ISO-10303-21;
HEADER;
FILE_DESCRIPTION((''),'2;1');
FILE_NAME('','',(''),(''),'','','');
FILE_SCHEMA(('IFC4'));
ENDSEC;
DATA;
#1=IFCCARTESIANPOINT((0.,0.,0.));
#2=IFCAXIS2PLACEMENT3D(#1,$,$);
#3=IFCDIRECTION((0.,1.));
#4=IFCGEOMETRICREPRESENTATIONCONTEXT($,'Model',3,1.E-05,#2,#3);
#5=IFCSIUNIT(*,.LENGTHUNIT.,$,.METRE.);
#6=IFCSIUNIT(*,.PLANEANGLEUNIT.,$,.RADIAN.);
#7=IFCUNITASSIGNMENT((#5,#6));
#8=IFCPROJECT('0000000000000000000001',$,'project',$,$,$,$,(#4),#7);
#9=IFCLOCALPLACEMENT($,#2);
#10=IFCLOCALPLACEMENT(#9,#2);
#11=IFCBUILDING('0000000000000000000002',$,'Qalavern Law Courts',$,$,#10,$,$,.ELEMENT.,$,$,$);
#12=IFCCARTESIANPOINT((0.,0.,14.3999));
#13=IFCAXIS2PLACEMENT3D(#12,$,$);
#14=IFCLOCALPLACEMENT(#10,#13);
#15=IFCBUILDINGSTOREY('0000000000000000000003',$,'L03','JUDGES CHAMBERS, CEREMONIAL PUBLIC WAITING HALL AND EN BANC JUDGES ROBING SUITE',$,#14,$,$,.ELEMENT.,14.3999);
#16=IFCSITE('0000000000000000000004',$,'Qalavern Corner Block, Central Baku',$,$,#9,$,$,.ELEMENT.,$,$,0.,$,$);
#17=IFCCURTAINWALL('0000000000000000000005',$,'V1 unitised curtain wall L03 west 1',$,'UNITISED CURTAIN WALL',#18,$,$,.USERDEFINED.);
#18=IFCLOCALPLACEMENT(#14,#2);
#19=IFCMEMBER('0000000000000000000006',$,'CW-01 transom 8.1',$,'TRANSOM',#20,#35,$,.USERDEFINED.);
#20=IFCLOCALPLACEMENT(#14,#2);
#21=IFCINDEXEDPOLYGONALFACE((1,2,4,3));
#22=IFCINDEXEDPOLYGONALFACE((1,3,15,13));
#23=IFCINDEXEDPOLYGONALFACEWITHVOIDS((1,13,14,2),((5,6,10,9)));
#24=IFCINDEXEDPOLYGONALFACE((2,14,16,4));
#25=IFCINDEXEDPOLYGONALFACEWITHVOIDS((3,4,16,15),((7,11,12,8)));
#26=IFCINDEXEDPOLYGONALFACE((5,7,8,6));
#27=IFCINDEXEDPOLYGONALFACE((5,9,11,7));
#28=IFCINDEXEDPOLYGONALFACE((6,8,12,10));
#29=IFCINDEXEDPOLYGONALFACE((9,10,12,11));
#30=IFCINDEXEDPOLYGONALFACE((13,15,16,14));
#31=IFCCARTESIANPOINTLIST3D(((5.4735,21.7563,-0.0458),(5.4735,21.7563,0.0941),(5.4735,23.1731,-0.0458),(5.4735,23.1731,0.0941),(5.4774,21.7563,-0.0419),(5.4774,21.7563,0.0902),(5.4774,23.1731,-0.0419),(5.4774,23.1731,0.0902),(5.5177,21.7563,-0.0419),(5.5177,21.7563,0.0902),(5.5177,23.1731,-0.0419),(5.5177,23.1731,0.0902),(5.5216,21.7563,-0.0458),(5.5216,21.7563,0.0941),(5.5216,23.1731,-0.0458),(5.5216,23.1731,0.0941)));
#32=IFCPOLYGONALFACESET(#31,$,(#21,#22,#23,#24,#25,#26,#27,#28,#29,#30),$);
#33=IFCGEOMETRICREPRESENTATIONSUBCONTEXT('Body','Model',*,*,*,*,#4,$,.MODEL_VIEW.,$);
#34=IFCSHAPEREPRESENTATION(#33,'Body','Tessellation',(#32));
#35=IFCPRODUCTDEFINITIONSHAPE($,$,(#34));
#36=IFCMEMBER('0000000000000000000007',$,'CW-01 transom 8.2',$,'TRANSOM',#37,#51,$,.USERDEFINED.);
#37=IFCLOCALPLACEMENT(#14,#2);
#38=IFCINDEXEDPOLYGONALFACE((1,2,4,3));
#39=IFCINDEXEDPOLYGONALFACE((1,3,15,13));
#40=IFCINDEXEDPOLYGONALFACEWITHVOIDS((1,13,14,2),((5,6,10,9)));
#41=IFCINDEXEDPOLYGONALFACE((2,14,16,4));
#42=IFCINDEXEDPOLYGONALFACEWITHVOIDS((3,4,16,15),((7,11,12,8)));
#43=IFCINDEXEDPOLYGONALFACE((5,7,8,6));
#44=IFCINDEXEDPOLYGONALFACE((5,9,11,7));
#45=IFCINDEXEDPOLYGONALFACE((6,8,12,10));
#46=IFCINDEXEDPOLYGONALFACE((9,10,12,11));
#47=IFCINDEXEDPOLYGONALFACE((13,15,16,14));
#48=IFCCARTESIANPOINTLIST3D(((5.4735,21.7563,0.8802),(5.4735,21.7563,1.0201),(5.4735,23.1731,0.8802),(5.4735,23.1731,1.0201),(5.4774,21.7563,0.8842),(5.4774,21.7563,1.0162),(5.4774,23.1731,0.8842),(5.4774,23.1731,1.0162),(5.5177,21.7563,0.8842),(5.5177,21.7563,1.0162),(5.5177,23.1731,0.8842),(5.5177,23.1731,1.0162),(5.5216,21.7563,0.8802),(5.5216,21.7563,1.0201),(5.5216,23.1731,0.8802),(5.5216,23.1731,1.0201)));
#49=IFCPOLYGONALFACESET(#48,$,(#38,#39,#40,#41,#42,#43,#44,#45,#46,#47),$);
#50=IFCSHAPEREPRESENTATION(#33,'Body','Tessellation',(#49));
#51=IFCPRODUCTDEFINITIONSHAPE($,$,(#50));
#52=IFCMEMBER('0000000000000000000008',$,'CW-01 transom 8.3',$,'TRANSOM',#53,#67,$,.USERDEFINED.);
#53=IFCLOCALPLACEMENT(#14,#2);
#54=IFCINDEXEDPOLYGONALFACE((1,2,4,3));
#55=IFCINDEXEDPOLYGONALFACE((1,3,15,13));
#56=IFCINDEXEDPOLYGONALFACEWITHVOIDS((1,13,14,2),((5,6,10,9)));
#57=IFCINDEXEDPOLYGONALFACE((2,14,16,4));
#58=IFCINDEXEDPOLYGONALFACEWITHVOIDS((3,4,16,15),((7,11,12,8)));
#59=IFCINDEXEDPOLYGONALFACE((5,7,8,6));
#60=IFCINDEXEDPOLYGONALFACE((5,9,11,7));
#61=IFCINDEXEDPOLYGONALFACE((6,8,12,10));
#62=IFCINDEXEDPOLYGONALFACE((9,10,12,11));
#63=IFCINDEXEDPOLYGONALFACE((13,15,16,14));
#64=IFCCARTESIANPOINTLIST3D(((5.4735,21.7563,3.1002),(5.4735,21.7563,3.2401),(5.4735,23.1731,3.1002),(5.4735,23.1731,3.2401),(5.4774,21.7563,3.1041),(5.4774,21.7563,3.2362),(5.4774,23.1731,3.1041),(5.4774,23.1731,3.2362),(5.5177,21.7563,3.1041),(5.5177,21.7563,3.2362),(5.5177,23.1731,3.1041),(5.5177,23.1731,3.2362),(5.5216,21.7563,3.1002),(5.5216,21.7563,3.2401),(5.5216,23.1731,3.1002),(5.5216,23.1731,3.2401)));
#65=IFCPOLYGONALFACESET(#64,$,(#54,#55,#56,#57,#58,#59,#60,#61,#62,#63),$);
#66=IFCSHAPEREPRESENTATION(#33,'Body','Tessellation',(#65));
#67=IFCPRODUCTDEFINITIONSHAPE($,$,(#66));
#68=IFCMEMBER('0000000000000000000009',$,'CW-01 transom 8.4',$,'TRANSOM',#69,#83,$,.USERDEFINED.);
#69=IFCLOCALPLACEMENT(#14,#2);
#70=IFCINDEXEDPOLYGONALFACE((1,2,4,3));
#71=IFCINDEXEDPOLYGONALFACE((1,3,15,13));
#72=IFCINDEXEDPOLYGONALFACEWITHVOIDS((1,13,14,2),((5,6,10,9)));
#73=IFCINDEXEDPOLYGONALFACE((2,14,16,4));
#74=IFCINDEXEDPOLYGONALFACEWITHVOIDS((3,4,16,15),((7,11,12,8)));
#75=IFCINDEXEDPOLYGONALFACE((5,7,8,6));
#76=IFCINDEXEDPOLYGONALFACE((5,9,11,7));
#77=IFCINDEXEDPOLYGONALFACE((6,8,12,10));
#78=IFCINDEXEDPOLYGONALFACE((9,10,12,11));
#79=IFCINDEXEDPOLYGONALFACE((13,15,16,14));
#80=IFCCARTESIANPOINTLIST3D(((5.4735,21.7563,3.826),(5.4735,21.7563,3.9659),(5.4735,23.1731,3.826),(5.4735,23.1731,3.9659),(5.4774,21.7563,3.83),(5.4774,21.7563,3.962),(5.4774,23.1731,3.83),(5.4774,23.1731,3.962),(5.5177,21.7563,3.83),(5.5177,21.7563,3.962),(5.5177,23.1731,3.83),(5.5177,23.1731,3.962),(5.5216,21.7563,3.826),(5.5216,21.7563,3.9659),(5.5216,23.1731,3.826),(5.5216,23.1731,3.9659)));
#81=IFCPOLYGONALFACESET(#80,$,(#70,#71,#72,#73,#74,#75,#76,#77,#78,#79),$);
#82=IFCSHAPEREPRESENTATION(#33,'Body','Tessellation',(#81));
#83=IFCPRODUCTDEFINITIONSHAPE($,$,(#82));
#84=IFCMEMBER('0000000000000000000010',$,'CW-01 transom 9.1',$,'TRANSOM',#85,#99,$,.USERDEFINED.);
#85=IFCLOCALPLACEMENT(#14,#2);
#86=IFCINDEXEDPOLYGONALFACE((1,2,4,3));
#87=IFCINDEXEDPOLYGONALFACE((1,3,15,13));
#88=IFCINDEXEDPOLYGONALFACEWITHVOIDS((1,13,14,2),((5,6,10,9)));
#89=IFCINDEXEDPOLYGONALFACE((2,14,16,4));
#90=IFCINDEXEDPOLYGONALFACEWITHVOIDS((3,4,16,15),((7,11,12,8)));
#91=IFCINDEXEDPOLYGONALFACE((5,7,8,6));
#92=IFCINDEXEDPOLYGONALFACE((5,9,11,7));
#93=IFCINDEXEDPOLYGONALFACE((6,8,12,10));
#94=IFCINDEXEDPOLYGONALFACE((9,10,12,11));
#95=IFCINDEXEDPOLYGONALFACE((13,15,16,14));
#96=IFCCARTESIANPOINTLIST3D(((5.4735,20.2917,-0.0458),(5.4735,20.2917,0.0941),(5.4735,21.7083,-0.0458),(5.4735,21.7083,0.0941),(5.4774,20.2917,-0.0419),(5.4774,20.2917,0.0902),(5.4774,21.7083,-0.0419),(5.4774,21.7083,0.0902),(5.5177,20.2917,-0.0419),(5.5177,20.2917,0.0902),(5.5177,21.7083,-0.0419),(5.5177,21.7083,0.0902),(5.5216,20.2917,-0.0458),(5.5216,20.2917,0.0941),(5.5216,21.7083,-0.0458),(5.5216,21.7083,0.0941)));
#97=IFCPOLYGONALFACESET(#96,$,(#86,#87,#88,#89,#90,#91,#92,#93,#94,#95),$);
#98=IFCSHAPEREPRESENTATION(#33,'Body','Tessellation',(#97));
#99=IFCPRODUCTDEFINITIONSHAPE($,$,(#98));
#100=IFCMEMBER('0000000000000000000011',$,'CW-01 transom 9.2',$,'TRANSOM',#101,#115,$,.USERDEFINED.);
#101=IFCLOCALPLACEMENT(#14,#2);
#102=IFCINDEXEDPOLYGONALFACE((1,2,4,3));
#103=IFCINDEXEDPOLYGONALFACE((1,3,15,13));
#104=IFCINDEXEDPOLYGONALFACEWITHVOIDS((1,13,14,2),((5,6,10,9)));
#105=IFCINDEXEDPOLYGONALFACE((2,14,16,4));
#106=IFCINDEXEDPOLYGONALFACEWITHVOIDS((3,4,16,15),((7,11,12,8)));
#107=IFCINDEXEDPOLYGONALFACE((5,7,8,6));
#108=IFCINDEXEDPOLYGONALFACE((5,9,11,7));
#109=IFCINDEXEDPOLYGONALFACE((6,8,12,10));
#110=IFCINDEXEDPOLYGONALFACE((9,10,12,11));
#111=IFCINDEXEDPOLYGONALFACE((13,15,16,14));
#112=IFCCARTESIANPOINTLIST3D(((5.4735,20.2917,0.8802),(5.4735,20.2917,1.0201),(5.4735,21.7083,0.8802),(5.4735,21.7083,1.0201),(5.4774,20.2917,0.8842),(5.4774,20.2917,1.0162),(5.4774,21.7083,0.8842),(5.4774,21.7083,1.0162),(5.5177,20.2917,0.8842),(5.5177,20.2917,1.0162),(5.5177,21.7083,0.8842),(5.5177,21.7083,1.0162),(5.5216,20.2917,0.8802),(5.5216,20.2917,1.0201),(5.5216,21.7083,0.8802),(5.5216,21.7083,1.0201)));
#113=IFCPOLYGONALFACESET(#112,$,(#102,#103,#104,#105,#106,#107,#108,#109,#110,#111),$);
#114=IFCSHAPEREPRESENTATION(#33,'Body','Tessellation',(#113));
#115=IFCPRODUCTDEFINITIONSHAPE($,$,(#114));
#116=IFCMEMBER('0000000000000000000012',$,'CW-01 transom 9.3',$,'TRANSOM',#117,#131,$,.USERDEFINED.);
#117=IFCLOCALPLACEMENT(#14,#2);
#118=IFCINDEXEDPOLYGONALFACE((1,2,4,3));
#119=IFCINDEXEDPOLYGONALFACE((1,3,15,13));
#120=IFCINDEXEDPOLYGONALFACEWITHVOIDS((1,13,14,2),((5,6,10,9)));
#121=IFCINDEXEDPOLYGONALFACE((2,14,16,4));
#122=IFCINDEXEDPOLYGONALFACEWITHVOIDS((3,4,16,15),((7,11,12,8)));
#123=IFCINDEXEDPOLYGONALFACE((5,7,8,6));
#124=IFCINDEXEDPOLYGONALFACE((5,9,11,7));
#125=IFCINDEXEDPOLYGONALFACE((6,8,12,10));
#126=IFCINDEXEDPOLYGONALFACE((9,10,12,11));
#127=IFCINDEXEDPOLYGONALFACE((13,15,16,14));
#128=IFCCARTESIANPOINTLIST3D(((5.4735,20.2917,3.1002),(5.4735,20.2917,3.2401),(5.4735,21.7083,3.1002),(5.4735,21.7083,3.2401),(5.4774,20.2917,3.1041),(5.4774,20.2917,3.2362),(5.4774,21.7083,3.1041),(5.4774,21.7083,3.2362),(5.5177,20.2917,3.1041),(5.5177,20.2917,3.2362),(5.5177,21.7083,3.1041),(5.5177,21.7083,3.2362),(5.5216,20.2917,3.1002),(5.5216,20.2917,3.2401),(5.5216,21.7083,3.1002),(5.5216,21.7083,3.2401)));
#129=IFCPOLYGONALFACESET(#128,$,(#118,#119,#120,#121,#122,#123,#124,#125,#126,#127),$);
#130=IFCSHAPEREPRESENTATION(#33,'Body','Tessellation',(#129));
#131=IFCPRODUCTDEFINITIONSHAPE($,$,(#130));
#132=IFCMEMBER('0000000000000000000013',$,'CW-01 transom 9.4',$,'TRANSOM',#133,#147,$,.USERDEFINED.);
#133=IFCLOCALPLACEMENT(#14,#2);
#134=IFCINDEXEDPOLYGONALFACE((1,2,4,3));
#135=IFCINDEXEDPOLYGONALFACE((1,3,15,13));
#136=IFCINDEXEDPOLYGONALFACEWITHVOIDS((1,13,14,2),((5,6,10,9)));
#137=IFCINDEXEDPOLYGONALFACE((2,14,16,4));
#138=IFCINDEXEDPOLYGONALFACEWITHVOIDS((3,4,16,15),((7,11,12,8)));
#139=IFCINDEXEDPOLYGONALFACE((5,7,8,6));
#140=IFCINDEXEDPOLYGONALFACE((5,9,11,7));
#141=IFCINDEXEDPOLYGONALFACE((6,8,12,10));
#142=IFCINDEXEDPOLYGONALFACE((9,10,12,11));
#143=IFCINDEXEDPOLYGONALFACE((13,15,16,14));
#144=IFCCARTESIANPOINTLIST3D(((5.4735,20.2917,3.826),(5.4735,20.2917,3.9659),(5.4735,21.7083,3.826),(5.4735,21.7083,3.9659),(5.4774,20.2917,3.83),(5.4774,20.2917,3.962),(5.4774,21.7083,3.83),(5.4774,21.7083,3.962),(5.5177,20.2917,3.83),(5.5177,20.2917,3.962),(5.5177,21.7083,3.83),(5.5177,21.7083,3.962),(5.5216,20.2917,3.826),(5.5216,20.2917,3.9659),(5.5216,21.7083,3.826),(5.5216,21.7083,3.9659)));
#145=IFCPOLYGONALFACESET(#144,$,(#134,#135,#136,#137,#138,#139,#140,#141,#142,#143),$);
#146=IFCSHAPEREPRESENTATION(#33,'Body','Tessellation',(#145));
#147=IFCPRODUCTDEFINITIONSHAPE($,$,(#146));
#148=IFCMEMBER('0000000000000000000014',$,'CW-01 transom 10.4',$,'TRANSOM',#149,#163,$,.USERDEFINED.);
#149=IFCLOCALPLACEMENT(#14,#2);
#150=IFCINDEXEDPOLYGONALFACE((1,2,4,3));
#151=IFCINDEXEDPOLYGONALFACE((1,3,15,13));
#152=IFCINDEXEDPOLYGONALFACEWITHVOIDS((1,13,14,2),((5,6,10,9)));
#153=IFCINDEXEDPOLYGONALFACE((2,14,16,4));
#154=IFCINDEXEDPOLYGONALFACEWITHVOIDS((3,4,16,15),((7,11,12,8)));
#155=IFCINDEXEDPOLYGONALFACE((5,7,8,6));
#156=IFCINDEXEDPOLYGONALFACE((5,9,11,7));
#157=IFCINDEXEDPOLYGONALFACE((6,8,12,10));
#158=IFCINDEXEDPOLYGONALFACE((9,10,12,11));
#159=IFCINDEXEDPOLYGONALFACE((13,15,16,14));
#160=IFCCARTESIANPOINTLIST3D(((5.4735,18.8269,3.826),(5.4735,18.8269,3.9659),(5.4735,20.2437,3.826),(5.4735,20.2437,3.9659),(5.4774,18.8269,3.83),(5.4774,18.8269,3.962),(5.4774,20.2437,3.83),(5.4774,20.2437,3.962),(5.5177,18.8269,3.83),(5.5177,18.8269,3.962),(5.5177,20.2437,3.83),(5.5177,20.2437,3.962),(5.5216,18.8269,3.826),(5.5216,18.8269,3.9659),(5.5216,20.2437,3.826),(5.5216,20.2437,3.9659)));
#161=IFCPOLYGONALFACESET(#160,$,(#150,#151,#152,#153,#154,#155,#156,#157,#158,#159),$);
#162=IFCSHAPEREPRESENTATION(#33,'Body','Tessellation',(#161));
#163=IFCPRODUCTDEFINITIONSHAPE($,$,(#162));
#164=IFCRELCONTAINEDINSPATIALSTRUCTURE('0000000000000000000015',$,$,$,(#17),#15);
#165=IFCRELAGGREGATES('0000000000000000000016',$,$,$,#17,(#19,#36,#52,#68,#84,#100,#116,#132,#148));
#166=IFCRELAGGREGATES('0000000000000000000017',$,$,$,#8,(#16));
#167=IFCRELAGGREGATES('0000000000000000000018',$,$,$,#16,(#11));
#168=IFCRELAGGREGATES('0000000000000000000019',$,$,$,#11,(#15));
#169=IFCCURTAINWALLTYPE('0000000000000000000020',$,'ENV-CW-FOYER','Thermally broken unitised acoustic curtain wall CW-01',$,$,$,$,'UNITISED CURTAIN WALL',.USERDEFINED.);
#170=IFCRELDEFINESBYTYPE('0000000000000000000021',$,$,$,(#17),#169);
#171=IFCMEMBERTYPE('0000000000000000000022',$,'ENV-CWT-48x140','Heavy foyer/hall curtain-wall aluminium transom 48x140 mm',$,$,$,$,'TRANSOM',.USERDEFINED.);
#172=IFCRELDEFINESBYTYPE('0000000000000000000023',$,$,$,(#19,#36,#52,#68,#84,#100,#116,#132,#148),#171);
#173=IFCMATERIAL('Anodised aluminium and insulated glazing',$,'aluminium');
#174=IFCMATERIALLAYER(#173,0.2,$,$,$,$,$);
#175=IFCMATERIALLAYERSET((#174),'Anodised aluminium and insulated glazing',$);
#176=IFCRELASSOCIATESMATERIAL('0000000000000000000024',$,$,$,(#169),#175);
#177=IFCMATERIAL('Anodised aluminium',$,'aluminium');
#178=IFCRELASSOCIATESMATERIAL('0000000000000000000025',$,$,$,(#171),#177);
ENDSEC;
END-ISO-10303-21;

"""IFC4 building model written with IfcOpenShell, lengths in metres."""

from ifc_helpers import new_model, si_unit, direction, frame, origin, origin_2d, place, context, subcontext, project, spatial, hollow_rectangle, extrude, material, layer, layer_set, material_profile, profile_set, type_object, element, aggregate, save


model = new_model("IFC4")

# Units and contexts
model_context = context("Model", 3, precision=1e-05, world=origin(), true_north=direction((0.0, 1.0)))
body_context = subcontext(model_context, "Body", "Model", "MODEL_VIEW")
ifc_project = project(units=[si_unit("LENGTHUNIT", "METRE"), si_unit("PLANEANGLEUNIT", "RADIAN")], contexts=[model_context])

# Site, building, storey
site_placement = place(None, origin())
site = spatial("IfcSite", under=ifc_project, at=site_placement, Name="Qalavern Corner Block, Central Baku", CompositionType="ELEMENT", RefElevation=0.0)
building_placement = place(site_placement, origin())
building = spatial("IfcBuilding", under=site, at=building_placement, Name="Qalavern Law Courts", CompositionType="ELEMENT")
storey_placement = place(building_placement, frame((0.0, 0.0, 14.3999)))
storey = spatial("IfcBuildingStorey", under=building, at=storey_placement, Name="L03", Description="JUDGES CHAMBERS, CEREMONIAL PUBLIC WAITING HALL AND EN BANC JUDGES ROBING SUITE", CompositionType="ELEMENT", Elevation=14.3999)

# Curtain wall, members
ifc_material_1 = material(Name="Anodised aluminium and insulated glazing", Category="aluminium")
ifc_layer_1 = layer(ifc_material_1, 0.2)
ifc_layer_set_1 = layer_set([ifc_layer_1], Name="Anodised aluminium and insulated glazing")
curtain_wall_type = type_object("IfcCurtainWallType", Name="ENV-CW-FOYER", Description="Thermally broken unitised acoustic curtain wall CW-01", ElementType="UNITISED CURTAIN WALL", PredefinedType="USERDEFINED", material=ifc_layer_set_1)
curtain_wall_placement = place(storey_placement, origin())
curtain_wall = element("IfcCurtainWall", 1, at=curtain_wall_placement, inside=storey, type_object=curtain_wall_type, Name="V1 unitised curtain wall L03 west 1", ObjectType="UNITISED CURTAIN WALL", PredefinedType="USERDEFINED")
ifc_material_2 = material(Name="Anodised aluminium", Category="aluminium")
ifc_material_profile_1 = material_profile(ifc_material_2, hollow_rectangle(XDim=0.0481, YDim=0.1399, WallThickness=0.0039, at=origin_2d()), Name="ALU TRANSOM 48x140")
ifc_profile_set_1 = profile_set([ifc_material_profile_1], Name="Anodised aluminium")
member_type_1 = type_object("IfcMemberType", Name="ENV-CWT-48x140", Description="Heavy foyer/hall curtain-wall aluminium transom 48x140 mm", ElementType="TRANSOM", PredefinedType="USERDEFINED", material=ifc_profile_set_1)
member_1_placement = place(storey_placement, frame((5.4976, 23.1731, 0.0242), z_axis=(0.0, -1.0, 0.0), x_axis=(1.0, 0.0, 0.0)))
member_1 = element("IfcMember", 2, at=member_1_placement, type_object=member_type_1, Name="CW-01 transom 8.1", ObjectType="TRANSOM", PredefinedType="USERDEFINED", context=body_context, shape_type="SweptSolid", body=[
    extrude(hollow_rectangle(XDim=0.0481, YDim=0.1399, WallThickness=0.0039, at=origin_2d()), origin(), (0.0, 0.0, 1.0), 1.4167),
])
member_2_placement = place(storey_placement, frame((5.4976, 23.1731, 0.9502), z_axis=(0.0, -1.0, 0.0), x_axis=(1.0, 0.0, 0.0)))
member_2 = element("IfcMember", 3, at=member_2_placement, type_object=member_type_1, Name="CW-01 transom 8.2", ObjectType="TRANSOM", PredefinedType="USERDEFINED", context=body_context, shape_type="SweptSolid", body=[
    extrude(hollow_rectangle(XDim=0.0481, YDim=0.1399, WallThickness=0.0039, at=origin_2d()), origin(), (0.0, 0.0, 1.0), 1.4167),
])
member_3_placement = place(storey_placement, frame((5.4976, 23.1731, 3.1702), z_axis=(0.0, -1.0, 0.0), x_axis=(1.0, 0.0, 0.0)))
member_3 = element("IfcMember", 4, at=member_3_placement, type_object=member_type_1, Name="CW-01 transom 8.3", ObjectType="TRANSOM", PredefinedType="USERDEFINED", context=body_context, shape_type="SweptSolid", body=[
    extrude(hollow_rectangle(XDim=0.0481, YDim=0.1399, WallThickness=0.0039, at=origin_2d()), origin(), (0.0, 0.0, 1.0), 1.4167),
])
member_4_placement = place(storey_placement, frame((5.4976, 23.1731, 3.896), z_axis=(0.0, -1.0, 0.0), x_axis=(1.0, 0.0, 0.0)))
member_4 = element("IfcMember", 5, at=member_4_placement, type_object=member_type_1, Name="CW-01 transom 8.4", ObjectType="TRANSOM", PredefinedType="USERDEFINED", context=body_context, shape_type="SweptSolid", body=[
    extrude(hollow_rectangle(XDim=0.0481, YDim=0.1399, WallThickness=0.0039, at=origin_2d()), origin(), (0.0, 0.0, 1.0), 1.4167),
])
member_5_placement = place(storey_placement, frame((5.4976, 21.7083, 0.0242), z_axis=(0.0, -1.0, 0.0), x_axis=(1.0, 0.0, 0.0)))
member_5 = element("IfcMember", 6, at=member_5_placement, type_object=member_type_1, Name="CW-01 transom 9.1", ObjectType="TRANSOM", PredefinedType="USERDEFINED", context=body_context, shape_type="SweptSolid", body=[
    extrude(hollow_rectangle(XDim=0.0481, YDim=0.1399, WallThickness=0.0039, at=origin_2d()), origin(), (0.0, 0.0, 1.0), 1.4165),
])
member_6_placement = place(storey_placement, frame((5.4976, 21.7083, 0.9502), z_axis=(0.0, -1.0, 0.0), x_axis=(1.0, 0.0, 0.0)))
member_6 = element("IfcMember", 7, at=member_6_placement, type_object=member_type_1, Name="CW-01 transom 9.2", ObjectType="TRANSOM", PredefinedType="USERDEFINED", context=body_context, shape_type="SweptSolid", body=[
    extrude(hollow_rectangle(XDim=0.0481, YDim=0.1399, WallThickness=0.0039, at=origin_2d()), origin(), (0.0, 0.0, 1.0), 1.4165),
])
member_7_placement = place(storey_placement, frame((5.4976, 21.7083, 3.1702), z_axis=(0.0, -1.0, 0.0), x_axis=(1.0, 0.0, 0.0)))
member_7 = element("IfcMember", 8, at=member_7_placement, type_object=member_type_1, Name="CW-01 transom 9.3", ObjectType="TRANSOM", PredefinedType="USERDEFINED", context=body_context, shape_type="SweptSolid", body=[
    extrude(hollow_rectangle(XDim=0.0481, YDim=0.1399, WallThickness=0.0039, at=origin_2d()), origin(), (0.0, 0.0, 1.0), 1.4165),
])
member_8_placement = place(storey_placement, frame((5.4976, 21.7083, 3.896), z_axis=(0.0, -1.0, 0.0), x_axis=(1.0, 0.0, 0.0)))
member_8 = element("IfcMember", 9, at=member_8_placement, type_object=member_type_1, Name="CW-01 transom 9.4", ObjectType="TRANSOM", PredefinedType="USERDEFINED", context=body_context, shape_type="SweptSolid", body=[
    extrude(hollow_rectangle(XDim=0.0481, YDim=0.1399, WallThickness=0.0039, at=origin_2d()), origin(), (0.0, 0.0, 1.0), 1.4165),
])
member_9_placement = place(storey_placement, frame((5.4976, 20.2437, 3.896), z_axis=(0.0, -1.0, 0.0), x_axis=(1.0, 0.0, 0.0)))
member_9 = element("IfcMember", 10, at=member_9_placement, type_object=member_type_1, Name="CW-01 transom 10.4", ObjectType="TRANSOM", PredefinedType="USERDEFINED", context=body_context, shape_type="SweptSolid", body=[
    extrude(hollow_rectangle(XDim=0.0481, YDim=0.1399, WallThickness=0.0039, at=origin_2d()), origin(), (0.0, 0.0, 1.0), 1.4167),
])

aggregate(curtain_wall, [member_1, member_2, member_3, member_4, member_5, member_6, member_7, member_8, member_9])

save(model, "model.ifc")
